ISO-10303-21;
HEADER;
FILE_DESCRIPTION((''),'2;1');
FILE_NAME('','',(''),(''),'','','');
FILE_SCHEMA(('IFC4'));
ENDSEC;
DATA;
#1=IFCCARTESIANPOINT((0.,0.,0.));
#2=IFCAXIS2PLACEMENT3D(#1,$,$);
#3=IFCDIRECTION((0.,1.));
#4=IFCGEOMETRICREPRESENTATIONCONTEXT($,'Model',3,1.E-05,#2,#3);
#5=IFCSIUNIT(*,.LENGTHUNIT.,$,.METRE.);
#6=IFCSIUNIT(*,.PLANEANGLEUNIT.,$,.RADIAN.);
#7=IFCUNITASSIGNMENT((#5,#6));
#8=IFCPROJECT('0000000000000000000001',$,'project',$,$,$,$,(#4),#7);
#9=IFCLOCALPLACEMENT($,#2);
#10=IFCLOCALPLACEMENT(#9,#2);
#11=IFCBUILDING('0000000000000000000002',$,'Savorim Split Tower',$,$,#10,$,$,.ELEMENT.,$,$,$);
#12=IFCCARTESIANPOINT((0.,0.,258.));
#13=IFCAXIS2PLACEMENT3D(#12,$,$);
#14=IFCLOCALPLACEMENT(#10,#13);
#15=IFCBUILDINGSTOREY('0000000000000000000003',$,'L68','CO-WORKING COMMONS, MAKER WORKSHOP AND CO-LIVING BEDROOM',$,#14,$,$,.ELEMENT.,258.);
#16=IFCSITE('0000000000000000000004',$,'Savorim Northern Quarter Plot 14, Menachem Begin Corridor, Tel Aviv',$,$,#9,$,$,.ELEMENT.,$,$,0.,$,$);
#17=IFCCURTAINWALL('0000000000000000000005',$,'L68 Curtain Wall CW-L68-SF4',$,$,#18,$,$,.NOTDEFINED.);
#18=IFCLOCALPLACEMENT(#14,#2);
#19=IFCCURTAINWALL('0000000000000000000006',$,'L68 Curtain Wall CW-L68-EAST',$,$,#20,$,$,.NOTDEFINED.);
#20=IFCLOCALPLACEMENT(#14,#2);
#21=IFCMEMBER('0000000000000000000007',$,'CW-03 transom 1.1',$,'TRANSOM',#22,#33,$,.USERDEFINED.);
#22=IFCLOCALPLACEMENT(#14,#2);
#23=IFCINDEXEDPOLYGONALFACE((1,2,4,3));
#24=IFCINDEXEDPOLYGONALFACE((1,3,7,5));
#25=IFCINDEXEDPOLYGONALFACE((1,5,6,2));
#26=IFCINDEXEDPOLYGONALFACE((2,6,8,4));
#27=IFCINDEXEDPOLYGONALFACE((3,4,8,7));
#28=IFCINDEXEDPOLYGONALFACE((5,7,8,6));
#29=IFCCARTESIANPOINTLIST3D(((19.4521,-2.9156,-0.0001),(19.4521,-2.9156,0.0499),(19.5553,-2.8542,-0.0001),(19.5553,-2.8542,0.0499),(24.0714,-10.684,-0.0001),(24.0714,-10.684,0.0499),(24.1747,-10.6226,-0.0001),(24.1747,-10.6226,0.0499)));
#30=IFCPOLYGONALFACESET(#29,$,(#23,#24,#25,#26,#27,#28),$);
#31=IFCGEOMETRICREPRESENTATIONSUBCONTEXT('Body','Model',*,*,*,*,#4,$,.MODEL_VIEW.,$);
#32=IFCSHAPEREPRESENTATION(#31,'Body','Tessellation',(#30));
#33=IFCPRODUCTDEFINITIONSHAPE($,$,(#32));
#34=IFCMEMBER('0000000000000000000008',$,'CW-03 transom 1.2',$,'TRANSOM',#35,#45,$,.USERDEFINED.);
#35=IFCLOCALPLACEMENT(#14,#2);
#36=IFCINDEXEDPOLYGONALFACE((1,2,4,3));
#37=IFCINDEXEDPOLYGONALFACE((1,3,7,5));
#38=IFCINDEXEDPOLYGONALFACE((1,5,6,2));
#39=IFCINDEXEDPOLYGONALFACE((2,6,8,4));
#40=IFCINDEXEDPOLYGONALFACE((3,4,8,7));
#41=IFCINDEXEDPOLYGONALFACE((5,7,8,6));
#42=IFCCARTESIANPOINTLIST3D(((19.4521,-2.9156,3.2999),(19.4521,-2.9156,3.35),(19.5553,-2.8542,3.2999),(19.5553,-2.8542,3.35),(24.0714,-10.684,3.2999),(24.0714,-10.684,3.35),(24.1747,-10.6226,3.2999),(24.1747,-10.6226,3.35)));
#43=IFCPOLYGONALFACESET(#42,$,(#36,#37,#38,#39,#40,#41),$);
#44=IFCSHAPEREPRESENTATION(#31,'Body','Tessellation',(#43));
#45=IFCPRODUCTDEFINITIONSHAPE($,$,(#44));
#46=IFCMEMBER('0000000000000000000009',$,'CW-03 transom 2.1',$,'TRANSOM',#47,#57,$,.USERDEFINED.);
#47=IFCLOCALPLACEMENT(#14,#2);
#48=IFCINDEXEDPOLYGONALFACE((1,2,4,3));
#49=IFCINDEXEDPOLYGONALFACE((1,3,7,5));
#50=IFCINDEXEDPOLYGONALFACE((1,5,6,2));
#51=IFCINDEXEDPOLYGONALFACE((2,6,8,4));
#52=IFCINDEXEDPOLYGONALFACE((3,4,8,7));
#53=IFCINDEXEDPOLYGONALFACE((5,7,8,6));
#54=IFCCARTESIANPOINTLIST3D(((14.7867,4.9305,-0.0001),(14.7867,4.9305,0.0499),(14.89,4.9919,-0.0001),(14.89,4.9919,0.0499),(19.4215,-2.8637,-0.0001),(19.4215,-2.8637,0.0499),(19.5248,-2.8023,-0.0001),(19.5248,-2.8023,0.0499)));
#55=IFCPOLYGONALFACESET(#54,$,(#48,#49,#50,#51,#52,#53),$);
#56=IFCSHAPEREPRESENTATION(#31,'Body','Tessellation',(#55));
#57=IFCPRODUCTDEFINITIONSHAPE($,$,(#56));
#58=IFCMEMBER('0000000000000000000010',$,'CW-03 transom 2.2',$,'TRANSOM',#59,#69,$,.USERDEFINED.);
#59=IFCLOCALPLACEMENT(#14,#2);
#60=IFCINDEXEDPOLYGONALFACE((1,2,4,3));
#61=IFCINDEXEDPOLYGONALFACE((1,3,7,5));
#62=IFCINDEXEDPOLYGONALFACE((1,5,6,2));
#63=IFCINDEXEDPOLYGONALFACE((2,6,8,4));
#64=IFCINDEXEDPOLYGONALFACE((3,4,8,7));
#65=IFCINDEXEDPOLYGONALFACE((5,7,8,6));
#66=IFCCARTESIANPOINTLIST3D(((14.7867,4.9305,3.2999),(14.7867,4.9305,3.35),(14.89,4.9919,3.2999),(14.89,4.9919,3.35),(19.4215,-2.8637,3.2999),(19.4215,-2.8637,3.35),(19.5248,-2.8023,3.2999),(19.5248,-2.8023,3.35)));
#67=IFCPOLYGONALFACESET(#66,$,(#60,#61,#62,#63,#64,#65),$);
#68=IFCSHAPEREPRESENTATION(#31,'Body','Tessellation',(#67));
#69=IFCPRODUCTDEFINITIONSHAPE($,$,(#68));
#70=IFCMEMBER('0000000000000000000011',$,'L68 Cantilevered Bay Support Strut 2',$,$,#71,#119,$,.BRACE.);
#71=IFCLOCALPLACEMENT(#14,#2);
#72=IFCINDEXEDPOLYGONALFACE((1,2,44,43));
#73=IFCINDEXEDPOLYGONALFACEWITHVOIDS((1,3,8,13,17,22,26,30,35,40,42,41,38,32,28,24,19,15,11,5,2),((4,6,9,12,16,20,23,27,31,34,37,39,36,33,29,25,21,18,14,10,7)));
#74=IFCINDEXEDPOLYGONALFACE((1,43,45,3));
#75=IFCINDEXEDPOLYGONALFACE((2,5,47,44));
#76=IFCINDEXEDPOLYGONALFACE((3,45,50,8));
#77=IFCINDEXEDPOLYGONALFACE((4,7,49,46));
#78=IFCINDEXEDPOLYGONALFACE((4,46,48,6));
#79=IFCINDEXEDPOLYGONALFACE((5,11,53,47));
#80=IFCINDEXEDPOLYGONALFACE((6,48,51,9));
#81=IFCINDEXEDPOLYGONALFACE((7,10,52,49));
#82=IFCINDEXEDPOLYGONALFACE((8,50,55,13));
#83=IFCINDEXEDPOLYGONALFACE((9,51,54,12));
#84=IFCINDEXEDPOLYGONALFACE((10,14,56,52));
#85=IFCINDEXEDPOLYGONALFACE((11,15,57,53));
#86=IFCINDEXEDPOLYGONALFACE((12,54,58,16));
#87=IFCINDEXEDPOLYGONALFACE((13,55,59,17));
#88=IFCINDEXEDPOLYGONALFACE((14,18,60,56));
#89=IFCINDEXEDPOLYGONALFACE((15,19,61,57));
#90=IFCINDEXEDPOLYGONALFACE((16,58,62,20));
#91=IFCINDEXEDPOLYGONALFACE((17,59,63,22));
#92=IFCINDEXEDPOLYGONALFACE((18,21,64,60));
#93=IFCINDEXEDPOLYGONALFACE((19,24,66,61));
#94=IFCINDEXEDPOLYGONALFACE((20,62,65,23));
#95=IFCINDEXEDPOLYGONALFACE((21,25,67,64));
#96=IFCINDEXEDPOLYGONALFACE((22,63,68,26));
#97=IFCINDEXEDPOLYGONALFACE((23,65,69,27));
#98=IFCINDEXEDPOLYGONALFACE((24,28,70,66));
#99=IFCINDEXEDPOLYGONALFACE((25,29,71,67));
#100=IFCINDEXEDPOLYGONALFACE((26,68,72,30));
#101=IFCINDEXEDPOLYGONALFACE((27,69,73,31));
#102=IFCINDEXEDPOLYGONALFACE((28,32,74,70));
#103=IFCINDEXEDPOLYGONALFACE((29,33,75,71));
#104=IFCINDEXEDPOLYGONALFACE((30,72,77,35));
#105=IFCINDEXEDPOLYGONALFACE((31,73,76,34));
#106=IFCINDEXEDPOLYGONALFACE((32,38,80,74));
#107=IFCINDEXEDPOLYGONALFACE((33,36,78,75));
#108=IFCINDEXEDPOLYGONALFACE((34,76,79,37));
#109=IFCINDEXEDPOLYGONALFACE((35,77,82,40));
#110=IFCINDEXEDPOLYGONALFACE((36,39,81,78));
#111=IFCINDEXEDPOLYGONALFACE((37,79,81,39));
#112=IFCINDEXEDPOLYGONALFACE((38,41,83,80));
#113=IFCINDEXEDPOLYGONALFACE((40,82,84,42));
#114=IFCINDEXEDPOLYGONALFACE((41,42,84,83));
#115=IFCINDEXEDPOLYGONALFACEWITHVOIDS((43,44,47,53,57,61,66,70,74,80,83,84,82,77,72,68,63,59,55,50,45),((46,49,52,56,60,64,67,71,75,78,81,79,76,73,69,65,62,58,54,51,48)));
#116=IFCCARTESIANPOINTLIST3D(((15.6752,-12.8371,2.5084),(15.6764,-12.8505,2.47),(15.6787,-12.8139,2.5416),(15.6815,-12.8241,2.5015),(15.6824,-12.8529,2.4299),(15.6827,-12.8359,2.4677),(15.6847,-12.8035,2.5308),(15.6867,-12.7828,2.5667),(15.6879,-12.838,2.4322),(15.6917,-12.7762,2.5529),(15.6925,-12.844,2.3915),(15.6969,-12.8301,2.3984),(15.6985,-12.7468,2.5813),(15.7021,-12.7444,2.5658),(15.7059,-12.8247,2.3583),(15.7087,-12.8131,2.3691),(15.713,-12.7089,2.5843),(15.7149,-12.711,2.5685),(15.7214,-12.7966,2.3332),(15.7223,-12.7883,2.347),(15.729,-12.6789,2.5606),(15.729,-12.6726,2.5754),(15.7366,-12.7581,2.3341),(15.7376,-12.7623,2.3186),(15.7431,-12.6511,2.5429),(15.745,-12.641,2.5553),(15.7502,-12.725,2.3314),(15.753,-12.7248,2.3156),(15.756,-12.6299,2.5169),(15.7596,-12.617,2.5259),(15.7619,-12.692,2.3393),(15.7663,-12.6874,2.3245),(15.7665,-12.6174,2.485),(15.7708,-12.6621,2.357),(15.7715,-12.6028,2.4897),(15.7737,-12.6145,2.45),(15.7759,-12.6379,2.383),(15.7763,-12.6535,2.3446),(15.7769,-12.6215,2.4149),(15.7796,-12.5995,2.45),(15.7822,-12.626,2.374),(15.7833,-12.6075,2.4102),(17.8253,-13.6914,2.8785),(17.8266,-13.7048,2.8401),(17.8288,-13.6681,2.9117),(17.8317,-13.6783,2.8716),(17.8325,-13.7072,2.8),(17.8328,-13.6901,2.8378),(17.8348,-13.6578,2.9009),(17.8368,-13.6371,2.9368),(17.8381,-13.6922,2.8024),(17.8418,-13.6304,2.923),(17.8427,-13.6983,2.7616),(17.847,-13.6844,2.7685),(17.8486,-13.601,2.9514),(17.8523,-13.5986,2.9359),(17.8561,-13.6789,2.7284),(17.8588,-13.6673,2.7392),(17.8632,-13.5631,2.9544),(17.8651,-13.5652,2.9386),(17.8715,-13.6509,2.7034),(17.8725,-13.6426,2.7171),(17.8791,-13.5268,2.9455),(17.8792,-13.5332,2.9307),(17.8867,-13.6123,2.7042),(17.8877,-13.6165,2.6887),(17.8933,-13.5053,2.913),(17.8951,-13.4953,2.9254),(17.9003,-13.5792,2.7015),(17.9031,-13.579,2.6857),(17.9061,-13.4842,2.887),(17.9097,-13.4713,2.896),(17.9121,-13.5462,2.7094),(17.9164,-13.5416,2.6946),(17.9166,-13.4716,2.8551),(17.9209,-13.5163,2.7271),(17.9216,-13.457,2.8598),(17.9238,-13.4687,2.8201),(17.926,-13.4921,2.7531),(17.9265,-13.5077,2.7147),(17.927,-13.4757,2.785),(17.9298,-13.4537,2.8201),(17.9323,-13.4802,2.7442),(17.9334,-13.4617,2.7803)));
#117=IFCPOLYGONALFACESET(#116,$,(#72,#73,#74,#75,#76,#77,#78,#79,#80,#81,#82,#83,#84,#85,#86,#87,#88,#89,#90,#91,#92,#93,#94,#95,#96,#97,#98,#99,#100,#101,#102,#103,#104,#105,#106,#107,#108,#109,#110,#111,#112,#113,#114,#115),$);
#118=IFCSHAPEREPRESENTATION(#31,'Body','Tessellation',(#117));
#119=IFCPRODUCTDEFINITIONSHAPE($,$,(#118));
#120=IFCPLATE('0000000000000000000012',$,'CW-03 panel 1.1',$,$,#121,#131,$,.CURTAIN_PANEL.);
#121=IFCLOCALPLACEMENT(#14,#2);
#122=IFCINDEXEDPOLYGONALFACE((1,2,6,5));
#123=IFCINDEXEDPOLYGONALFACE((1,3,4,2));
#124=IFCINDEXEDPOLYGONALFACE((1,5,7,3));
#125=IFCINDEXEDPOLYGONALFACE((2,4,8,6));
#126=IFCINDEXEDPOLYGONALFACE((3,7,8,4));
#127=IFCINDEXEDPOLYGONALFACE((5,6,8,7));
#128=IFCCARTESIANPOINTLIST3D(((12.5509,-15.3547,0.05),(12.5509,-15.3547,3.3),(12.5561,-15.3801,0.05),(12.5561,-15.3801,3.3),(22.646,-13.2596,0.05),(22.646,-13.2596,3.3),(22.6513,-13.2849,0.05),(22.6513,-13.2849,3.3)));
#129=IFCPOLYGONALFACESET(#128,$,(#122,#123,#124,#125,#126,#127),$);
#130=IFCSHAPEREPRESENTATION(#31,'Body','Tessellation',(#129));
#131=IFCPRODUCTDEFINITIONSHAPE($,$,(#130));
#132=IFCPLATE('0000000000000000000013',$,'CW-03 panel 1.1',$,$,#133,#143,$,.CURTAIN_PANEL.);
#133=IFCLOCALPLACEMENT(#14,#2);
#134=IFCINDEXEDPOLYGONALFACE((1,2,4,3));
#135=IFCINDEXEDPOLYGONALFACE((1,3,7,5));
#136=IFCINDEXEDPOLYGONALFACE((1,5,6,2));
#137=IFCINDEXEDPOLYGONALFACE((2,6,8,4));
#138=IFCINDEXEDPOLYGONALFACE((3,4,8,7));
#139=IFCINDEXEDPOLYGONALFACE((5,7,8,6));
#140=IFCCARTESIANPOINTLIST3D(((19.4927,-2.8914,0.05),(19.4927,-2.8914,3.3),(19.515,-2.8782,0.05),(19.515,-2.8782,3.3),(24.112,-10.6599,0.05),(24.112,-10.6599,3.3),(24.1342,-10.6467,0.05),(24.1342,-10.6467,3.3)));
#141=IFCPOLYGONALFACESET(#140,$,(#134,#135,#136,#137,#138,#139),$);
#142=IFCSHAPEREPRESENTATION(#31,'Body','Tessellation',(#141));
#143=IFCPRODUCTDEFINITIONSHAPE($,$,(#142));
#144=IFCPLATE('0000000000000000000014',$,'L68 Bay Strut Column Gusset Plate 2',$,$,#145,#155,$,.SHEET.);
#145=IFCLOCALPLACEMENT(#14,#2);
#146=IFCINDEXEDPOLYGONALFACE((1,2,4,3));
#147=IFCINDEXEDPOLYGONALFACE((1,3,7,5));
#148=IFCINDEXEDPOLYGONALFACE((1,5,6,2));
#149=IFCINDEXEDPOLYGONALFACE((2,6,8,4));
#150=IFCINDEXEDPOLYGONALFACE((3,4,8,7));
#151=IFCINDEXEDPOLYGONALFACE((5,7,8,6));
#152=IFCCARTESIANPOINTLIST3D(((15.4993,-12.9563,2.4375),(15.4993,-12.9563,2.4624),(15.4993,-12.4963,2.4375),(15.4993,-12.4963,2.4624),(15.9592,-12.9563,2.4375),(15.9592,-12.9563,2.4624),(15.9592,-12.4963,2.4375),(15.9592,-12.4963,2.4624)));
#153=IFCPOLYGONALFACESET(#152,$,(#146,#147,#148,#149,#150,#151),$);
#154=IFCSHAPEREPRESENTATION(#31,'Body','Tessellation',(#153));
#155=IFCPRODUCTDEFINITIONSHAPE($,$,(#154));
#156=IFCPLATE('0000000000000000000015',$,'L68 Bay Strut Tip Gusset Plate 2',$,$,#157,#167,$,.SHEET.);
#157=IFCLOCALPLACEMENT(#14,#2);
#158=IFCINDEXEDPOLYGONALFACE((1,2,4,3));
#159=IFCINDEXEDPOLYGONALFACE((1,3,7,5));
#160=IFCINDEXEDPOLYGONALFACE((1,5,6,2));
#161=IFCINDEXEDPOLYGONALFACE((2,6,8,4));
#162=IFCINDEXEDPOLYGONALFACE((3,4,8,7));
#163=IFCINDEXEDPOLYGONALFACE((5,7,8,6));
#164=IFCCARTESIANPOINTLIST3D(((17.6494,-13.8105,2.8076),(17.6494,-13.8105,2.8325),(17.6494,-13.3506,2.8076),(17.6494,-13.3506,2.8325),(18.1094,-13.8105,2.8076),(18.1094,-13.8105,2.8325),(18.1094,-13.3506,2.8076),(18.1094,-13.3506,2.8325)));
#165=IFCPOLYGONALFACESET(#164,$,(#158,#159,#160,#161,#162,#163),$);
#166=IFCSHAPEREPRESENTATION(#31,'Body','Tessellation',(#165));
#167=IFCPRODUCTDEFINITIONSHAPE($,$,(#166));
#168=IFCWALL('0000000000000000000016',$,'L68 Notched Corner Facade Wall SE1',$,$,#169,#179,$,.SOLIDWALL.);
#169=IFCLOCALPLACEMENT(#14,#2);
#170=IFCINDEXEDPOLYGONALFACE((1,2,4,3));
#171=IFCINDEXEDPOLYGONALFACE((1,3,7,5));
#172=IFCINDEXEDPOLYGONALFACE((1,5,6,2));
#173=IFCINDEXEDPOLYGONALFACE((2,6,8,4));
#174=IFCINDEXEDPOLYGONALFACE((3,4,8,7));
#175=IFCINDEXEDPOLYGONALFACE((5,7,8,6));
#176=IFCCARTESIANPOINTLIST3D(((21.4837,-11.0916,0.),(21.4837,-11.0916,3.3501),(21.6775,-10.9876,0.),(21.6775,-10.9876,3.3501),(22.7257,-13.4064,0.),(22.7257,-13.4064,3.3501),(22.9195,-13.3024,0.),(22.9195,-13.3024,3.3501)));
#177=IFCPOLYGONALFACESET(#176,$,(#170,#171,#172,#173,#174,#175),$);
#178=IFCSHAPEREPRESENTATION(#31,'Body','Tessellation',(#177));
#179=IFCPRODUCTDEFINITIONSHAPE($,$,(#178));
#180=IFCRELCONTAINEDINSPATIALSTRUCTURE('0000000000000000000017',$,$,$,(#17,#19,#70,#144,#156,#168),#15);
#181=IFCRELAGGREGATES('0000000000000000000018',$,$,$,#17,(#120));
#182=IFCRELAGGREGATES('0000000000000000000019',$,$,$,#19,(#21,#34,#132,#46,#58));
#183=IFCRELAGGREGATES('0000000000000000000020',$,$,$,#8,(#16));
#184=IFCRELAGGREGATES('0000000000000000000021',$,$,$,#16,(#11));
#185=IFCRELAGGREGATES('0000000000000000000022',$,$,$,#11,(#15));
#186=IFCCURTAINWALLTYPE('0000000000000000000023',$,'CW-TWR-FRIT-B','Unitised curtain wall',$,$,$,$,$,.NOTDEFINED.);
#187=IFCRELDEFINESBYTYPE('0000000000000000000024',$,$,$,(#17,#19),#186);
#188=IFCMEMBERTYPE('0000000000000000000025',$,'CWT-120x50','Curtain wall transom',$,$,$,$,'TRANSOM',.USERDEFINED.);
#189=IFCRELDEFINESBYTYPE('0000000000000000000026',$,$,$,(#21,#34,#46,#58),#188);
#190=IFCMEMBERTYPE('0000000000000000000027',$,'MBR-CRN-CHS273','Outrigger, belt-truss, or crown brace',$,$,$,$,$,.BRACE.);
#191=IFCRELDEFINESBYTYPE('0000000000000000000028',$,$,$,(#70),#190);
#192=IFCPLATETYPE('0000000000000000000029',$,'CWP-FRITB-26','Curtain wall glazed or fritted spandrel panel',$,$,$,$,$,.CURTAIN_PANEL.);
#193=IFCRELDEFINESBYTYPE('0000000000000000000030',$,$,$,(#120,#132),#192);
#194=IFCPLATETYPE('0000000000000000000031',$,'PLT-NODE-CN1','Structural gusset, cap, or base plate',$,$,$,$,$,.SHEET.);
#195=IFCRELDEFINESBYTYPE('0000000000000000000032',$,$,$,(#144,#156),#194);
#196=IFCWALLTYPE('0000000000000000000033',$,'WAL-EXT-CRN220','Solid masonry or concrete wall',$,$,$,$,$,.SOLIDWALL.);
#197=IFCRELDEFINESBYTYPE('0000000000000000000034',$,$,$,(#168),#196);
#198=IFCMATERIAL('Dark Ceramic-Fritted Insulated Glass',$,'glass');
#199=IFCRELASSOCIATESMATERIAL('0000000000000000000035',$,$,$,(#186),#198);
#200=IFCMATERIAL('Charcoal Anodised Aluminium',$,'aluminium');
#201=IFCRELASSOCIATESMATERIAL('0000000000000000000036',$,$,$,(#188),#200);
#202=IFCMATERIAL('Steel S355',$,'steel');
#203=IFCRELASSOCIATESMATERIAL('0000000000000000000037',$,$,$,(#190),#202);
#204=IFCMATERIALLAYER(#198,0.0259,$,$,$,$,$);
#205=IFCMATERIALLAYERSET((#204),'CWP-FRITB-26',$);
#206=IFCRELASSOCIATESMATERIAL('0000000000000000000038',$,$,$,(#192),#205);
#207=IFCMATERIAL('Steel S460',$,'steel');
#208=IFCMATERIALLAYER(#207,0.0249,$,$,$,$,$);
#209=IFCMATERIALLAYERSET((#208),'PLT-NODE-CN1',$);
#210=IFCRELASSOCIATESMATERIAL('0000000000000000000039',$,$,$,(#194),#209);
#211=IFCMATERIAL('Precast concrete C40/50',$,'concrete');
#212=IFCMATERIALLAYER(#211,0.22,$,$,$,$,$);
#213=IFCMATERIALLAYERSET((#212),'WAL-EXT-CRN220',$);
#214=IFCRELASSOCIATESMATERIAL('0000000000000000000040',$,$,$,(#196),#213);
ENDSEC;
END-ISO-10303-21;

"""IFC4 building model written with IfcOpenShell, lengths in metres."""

from ifc_helpers import new_model, si_unit, direction, frame, frame_2d, origin, origin_2d, place, context, subcontext, project, spatial, rectangle, hollow_circle, extrude, material, layer, layer_set, material_profile, profile_set, type_object, element, aggregate, save


model = new_model("IFC4")

# Units and contexts
model_context = context("Model", 3, precision=1e-05, world=origin(), true_north=direction((0.0, 1.0)))
body_context = subcontext(model_context, "Body", "Model", "MODEL_VIEW")
ifc_project = project(units=[si_unit("LENGTHUNIT", "METRE"), si_unit("PLANEANGLEUNIT", "RADIAN")], contexts=[model_context])

# Site, building, storey
site_placement = place(None, origin())
site = spatial("IfcSite", under=ifc_project, at=site_placement, Name="Savorim Northern Quarter Plot 14, Menachem Begin Corridor, Tel Aviv", CompositionType="ELEMENT", RefElevation=0.0)
building_placement = place(site_placement, origin())
building = spatial("IfcBuilding", under=site, at=building_placement, Name="Savorim Split Tower", CompositionType="ELEMENT")
storey_placement = place(building_placement, frame((0.0, 0.0, 258.0)))
storey = spatial("IfcBuildingStorey", under=building, at=storey_placement, Name="L68", Description="CO-WORKING COMMONS, MAKER WORKSHOP AND CO-LIVING BEDROOM", CompositionType="ELEMENT", Elevation=258.0)

# Shared definitions
ifc_material_1 = material(Name="Steel S355", Category="steel")

# Shared definitions
ifc_material_2 = material(Name="Dark Ceramic-Fritted Insulated Glass", Category="glass")
curtain_wall_type = type_object("IfcCurtainWallType", Name="CW-TWR-FRIT-B", Description="Unitised curtain wall", PredefinedType="NOTDEFINED", material=ifc_material_2)
ifc_material_3 = material(Name="Charcoal Anodised Aluminium", Category="aluminium")

# Curtain walls
curtain_wall_1_placement = place(storey_placement, origin())
curtain_wall_1 = element("IfcCurtainWall", 1, at=curtain_wall_1_placement, inside=storey, type_object=curtain_wall_type, Name="L68 Curtain Wall CW-L68-SF4", PredefinedType="NOTDEFINED")
curtain_wall_2_placement = place(storey_placement, origin())
curtain_wall_2 = element("IfcCurtainWall", 2, at=curtain_wall_2_placement, inside=storey, type_object=curtain_wall_type, Name="L68 Curtain Wall CW-L68-EAST", PredefinedType="NOTDEFINED")

# Members
ifc_material_profile_1 = material_profile(ifc_material_3, rectangle(XDim=0.1201, YDim=0.05, at=origin_2d()), Name="ALU-T 120x50")
ifc_profile_set_1 = profile_set([ifc_material_profile_1], Name="Charcoal Anodised Aluminium")
member_type_1 = type_object("IfcMemberType", Name="CWT-120x50", Description="Curtain wall transom", ElementType="TRANSOM", PredefinedType="USERDEFINED", material=ifc_profile_set_1)
member_1_placement = place(storey_placement, frame((24.123, -10.6533, 0.0249), z_axis=(-0.511095, 0.859524, 0.0), x_axis=(-0.859524, -0.511095, 0.0)))
member_1 = element("IfcMember", 3, at=member_1_placement, type_object=member_type_1, Name="CW-03 transom 1.1", ObjectType="TRANSOM", PredefinedType="USERDEFINED", context=body_context, shape_type="SweptSolid", body=[
    extrude(rectangle(XDim=0.1201, YDim=0.05, at=origin_2d()), origin(), (0.0, 0.0, 1.0), 9.0381),
])
member_2_placement = place(storey_placement, frame((24.123, -10.6533, 3.325), z_axis=(-0.511095, 0.859524, 0.0), x_axis=(-0.859524, -0.511095, 0.0)))
member_2 = element("IfcMember", 4, at=member_2_placement, type_object=member_type_1, Name="CW-03 transom 1.2", ObjectType="TRANSOM", PredefinedType="USERDEFINED", context=body_context, shape_type="SweptSolid", body=[
    extrude(rectangle(XDim=0.1201, YDim=0.05, at=origin_2d()), origin(), (0.0, 0.0, 1.0), 9.0381),
])
member_3_placement = place(storey_placement, frame((19.4731, -2.833, 0.0249), z_axis=(-0.511107, 0.859517, 0.0), x_axis=(-0.859517, -0.511107, 0.0)))
member_3 = element("IfcMember", 5, at=member_3_placement, type_object=member_type_1, Name="CW-03 transom 2.1", ObjectType="TRANSOM", PredefinedType="USERDEFINED", context=body_context, shape_type="SweptSolid", body=[
    extrude(rectangle(XDim=0.1201, YDim=0.05, at=origin_2d()), origin(), (0.0, 0.0, 1.0), 9.0681),
])
member_4_placement = place(storey_placement, frame((19.4731, -2.833, 3.325), z_axis=(-0.511107, 0.859517, 0.0), x_axis=(-0.859517, -0.511107, 0.0)))
member_4 = element("IfcMember", 6, at=member_4_placement, type_object=member_type_1, Name="CW-03 transom 2.2", ObjectType="TRANSOM", PredefinedType="USERDEFINED", context=body_context, shape_type="SweptSolid", body=[
    extrude(rectangle(XDim=0.1201, YDim=0.05, at=origin_2d()), origin(), (0.0, 0.0, 1.0), 9.0681),
])
ifc_material_profile_2 = material_profile(ifc_material_1, hollow_circle(Radius=0.1365, WallThickness=0.0161, at=origin_2d()), Name="CHS 273x16")
ifc_profile_set_2 = profile_set([ifc_material_profile_2], Name="Steel S355")
member_type_2 = type_object("IfcMemberType", Name="MBR-CRN-CHS273", Description="Outrigger, belt-truss, or crown brace", PredefinedType="BRACE", material=ifc_profile_set_2)
member_5_placement = place(storey_placement, frame((15.7292, -12.7263, 2.45), z_axis=(0.917672, -0.364589, 0.157964), x_axis=(0.369225, 0.92934, 0.0)))
element("IfcMember", 7, at=member_5_placement, inside=storey, type_object=member_type_2, Name="L68 Cantilevered Bay Support Strut 2", PredefinedType="BRACE", context=body_context, shape_type="SweptSolid", body=[
    extrude(hollow_circle(Radius=0.1365, WallThickness=0.0161, at=origin_2d()), origin(), (0.0, 0.0, 1.0), 2.343),
])

# Plates
ifc_layer_1 = layer(ifc_material_2, 0.0259)
ifc_layer_set_1 = layer_set([ifc_layer_1], Name="CWP-FRITB-26")
plate_type_1 = type_object("IfcPlateType", Name="CWP-FRITB-26", Description="Curtain wall glazed or fritted spandrel panel", PredefinedType="CURTAIN_PANEL", material=ifc_layer_set_1)
plate_1_placement = place(storey_placement, frame((17.6011, -14.3198, 0.05), z_axis=(0.0, 0.0, 1.0), x_axis=(0.979136, 0.203208, 0.0)))
plate_1 = element("IfcPlate", 8, at=plate_1_placement, type_object=plate_type_1, Name="CW-03 panel 1.1", PredefinedType="CURTAIN_PANEL", context=body_context, shape_type="SweptSolid", body=[
    extrude(rectangle(XDim=10.3103, YDim=0.0259, at=origin_2d()), origin(), (0.0, 0.0, 1.0), 3.25),
])
aggregate(curtain_wall_1, [plate_1])
plate_2_placement = place(storey_placement, frame((21.8135, -6.769, 0.05), z_axis=(0.0, 0.0, 1.0), x_axis=(-0.51109, 0.859527, 0.0)))
plate_2 = element("IfcPlate", 9, at=plate_2_placement, type_object=plate_type_1, Name="CW-03 panel 1.1", PredefinedType="CURTAIN_PANEL", context=body_context, shape_type="SweptSolid", body=[
    extrude(rectangle(XDim=9.0381, YDim=0.0259, at=origin_2d()), origin(), (0.0, 0.0, 1.0), 3.25),
])
aggregate(curtain_wall_2, [member_1, member_2, plate_2, member_3, member_4])

# Plates
ifc_material_4 = material(Name="Steel S460", Category="steel")
ifc_layer_2 = layer(ifc_material_4, 0.0249)
ifc_layer_set_2 = layer_set([ifc_layer_2], Name="PLT-NODE-CN1")
plate_type_2 = type_object("IfcPlateType", Name="PLT-NODE-CN1", Description="Structural gusset, cap, or base plate", PredefinedType="SHEET", material=ifc_layer_set_2)
for number, where, z_axis, x_axis, name in (
    (10, (15.7292, -12.7263, 2.4375), (0.0, 0.0, 1.0), (1.0, 0.0, 0.0), "L68 Bay Strut Column Gusset Plate 2"),
    (11, (17.8794, -13.5806, 2.8076), (0.0, 0.0, 1.0), (1.0, 0.0, 0.0), "L68 Bay Strut Tip Gusset Plate 2"),
):
    element("IfcPlate", number, at=place(storey_placement, frame(where, z_axis=z_axis, x_axis=x_axis)), inside=storey, type_object=plate_type_2, Name=name, PredefinedType="SHEET", context=body_context, shape_type="SweptSolid", body=[
        extrude(rectangle(XDim=0.46, YDim=0.46, at=origin_2d()), origin(), (0.0, 0.0, 1.0), 0.0249),
    ])

# Wall
ifc_material_5 = material(Name="Precast concrete C40/50", Category="concrete")
ifc_layer_3 = layer(ifc_material_5, 0.22)
ifc_layer_set_3 = layer_set([ifc_layer_3], Name="WAL-EXT-CRN220")
wall_type = type_object("IfcWallType", Name="WAL-EXT-CRN220", Description="Solid masonry or concrete wall", PredefinedType="SOLIDWALL", material=ifc_layer_set_3)
wall_1_placement = place(storey_placement, frame((21.5806, -11.0396, 0.0), z_axis=(0.0, 0.0, 1.0), x_axis=(0.472791, -0.881174, 0.0)))
element("IfcWall", 12, at=wall_1_placement, inside=storey, type_object=wall_type, Name="L68 Notched Corner Facade Wall SE1", PredefinedType="SOLIDWALL", context=body_context, shape_type="SweptSolid", body=[
    extrude(rectangle(XDim=2.627, YDim=0.22, at=frame_2d((1.3135, 0.0))), origin(), (0.0, 0.0, 1.0), 3.3501),
])

save(model, "model.ifc")
